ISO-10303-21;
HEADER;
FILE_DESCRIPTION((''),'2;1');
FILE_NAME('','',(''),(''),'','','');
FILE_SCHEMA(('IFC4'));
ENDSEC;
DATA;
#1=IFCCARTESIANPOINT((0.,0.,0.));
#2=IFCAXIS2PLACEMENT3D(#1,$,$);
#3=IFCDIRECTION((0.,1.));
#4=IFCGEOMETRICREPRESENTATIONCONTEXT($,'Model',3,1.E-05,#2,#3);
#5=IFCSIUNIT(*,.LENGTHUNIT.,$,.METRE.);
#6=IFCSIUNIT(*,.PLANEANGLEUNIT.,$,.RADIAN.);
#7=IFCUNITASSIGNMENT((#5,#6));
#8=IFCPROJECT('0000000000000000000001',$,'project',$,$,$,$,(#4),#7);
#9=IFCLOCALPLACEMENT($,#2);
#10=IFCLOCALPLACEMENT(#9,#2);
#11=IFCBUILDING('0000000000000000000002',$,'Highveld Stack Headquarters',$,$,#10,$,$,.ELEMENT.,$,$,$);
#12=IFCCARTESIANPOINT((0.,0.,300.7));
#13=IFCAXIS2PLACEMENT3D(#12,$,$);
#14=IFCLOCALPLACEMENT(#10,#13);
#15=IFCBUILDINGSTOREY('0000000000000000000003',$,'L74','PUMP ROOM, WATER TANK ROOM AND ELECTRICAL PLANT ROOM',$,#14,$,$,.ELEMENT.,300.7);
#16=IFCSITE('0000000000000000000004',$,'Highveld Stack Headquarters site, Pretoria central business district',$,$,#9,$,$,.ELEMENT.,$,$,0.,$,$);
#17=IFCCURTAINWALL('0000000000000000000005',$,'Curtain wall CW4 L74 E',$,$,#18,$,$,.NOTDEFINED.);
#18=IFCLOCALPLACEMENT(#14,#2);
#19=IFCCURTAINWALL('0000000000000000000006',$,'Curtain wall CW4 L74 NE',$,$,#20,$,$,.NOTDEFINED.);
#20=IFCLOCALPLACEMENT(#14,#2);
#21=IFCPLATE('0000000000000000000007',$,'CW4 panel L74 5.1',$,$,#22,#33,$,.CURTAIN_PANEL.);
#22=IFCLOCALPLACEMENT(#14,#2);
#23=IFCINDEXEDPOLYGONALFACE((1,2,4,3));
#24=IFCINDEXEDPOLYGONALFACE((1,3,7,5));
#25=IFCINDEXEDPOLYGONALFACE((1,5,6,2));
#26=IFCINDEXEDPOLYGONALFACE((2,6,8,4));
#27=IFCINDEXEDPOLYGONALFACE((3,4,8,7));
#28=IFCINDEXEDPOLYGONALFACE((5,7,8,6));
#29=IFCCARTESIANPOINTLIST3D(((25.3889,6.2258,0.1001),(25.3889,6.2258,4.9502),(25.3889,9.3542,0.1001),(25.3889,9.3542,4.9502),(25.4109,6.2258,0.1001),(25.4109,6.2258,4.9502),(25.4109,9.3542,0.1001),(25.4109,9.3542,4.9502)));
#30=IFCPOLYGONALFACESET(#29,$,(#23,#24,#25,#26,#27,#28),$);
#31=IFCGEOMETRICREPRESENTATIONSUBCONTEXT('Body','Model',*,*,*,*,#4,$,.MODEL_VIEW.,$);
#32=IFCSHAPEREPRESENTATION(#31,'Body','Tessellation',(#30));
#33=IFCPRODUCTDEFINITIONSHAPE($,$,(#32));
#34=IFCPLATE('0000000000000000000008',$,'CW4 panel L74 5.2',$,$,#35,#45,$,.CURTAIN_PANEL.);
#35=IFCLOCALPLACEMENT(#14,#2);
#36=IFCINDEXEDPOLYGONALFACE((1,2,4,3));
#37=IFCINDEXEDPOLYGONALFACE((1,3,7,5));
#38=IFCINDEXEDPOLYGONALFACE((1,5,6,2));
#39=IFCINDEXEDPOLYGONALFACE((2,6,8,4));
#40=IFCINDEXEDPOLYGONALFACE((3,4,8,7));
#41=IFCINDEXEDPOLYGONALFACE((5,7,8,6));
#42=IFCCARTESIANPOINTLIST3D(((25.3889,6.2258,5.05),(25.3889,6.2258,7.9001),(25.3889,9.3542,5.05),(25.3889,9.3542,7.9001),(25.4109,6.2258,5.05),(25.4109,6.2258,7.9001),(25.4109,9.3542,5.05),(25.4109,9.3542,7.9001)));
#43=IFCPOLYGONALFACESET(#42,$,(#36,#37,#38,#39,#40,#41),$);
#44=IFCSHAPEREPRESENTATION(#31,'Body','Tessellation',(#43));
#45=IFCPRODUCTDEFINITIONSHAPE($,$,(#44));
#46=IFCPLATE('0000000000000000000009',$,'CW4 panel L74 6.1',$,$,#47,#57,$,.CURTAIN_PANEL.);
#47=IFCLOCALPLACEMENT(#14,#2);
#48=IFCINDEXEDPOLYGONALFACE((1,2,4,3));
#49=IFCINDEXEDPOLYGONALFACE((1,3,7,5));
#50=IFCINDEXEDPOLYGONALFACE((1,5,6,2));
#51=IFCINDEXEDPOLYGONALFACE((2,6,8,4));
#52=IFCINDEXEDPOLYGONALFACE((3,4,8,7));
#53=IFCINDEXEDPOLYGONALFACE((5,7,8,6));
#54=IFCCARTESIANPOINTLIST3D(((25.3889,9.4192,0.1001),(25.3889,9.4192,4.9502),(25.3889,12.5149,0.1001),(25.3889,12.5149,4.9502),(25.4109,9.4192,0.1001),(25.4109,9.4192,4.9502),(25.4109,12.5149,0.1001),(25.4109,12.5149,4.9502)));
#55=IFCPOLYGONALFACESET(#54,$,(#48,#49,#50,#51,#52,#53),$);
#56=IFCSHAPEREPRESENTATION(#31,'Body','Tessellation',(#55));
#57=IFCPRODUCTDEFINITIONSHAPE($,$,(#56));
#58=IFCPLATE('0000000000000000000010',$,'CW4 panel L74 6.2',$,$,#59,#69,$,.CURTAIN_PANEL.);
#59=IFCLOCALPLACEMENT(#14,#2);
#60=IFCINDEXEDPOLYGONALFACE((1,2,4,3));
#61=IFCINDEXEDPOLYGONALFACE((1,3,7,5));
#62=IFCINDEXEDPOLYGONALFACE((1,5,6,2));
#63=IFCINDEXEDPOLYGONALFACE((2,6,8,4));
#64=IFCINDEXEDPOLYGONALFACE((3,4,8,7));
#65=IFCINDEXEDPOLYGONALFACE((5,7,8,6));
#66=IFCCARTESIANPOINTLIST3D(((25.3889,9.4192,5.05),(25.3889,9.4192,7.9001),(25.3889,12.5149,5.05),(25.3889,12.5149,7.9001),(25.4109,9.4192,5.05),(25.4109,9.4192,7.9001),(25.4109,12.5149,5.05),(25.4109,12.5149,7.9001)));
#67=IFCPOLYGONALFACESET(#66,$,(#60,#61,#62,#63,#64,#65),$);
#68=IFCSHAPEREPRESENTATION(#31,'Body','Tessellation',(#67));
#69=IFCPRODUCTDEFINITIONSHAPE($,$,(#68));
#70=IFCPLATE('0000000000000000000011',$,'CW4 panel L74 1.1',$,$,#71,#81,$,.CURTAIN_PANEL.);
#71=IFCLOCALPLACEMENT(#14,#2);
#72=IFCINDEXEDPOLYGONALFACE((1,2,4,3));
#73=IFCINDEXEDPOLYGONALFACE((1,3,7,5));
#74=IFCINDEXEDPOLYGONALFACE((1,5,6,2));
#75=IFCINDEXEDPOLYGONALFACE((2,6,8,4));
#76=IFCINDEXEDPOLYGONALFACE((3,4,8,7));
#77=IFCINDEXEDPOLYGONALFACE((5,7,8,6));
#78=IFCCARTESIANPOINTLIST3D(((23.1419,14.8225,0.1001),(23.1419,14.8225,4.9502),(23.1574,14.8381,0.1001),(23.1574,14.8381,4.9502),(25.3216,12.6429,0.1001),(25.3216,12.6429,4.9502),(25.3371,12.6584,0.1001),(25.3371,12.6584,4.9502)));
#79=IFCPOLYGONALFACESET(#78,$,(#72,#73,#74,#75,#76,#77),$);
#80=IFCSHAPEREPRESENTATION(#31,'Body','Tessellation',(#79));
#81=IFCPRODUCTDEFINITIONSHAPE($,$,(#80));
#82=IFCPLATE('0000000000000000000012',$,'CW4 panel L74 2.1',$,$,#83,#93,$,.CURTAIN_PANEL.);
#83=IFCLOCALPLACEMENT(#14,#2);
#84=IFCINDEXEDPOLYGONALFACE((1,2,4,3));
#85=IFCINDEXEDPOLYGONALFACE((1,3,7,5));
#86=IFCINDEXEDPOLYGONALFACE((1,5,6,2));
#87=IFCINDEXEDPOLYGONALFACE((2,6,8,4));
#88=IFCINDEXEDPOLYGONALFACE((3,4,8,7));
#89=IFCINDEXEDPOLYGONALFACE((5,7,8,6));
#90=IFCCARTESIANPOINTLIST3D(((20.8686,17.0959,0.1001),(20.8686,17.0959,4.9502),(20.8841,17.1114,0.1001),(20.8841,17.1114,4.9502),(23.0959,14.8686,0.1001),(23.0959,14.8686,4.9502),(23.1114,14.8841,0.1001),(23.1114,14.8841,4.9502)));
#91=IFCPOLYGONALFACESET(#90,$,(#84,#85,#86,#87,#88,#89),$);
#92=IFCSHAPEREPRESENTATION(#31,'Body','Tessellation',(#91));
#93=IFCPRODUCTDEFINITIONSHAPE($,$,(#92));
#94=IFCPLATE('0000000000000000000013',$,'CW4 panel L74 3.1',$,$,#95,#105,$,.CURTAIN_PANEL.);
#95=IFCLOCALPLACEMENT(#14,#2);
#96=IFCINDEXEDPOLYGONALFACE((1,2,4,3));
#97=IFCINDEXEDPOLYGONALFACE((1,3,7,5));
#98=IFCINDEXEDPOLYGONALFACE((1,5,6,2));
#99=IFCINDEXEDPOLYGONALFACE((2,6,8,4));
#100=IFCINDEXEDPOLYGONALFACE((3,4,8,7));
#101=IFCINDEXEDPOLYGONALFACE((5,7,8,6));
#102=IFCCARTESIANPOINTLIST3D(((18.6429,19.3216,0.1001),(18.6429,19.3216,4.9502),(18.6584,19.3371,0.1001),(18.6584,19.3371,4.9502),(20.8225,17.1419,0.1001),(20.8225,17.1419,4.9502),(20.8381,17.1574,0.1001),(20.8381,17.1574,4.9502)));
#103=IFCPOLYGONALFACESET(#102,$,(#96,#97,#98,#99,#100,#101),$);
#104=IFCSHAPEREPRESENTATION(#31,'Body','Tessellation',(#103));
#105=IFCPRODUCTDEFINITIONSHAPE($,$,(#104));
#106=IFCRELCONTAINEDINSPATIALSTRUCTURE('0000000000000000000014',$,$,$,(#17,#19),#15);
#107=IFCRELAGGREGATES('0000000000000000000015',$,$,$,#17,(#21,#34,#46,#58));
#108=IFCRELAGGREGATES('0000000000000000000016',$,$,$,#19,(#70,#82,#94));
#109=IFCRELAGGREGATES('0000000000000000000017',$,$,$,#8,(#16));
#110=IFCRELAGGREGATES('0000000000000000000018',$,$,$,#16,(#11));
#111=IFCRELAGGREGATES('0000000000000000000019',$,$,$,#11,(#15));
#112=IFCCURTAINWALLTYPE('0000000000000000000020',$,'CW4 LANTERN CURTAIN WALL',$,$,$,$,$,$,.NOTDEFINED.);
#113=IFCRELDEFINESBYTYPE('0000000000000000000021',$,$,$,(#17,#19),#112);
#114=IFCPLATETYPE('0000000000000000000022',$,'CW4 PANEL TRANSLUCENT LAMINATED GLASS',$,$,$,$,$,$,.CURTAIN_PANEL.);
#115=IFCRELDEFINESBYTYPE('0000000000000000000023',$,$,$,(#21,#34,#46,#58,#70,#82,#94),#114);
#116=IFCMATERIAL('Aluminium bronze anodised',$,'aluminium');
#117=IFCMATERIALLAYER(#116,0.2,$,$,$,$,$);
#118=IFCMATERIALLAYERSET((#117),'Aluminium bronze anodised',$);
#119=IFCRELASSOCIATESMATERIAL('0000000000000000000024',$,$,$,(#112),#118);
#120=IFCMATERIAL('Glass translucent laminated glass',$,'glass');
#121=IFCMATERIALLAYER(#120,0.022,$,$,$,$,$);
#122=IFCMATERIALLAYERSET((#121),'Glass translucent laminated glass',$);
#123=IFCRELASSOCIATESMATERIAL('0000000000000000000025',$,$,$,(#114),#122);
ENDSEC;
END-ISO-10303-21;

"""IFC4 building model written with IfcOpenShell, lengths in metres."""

from ifc_helpers import new_model, si_unit, direction, frame, origin, origin_2d, place, context, subcontext, project, spatial, rectangle, extrude, material, layer, layer_set, type_object, element, aggregate, save


model = new_model("IFC4")

# Units and contexts
model_context = context("Model", 3, precision=1e-05, world=origin(), true_north=direction((0.0, 1.0)))
body_context = subcontext(model_context, "Body", "Model", "MODEL_VIEW")
ifc_project = project(units=[si_unit("LENGTHUNIT", "METRE"), si_unit("PLANEANGLEUNIT", "RADIAN")], contexts=[model_context])

# Site, building, storey
site_placement = place(None, origin())
site = spatial("IfcSite", under=ifc_project, at=site_placement, Name="Highveld Stack Headquarters site, Pretoria central business district", CompositionType="ELEMENT", RefElevation=0.0)
building_placement = place(site_placement, origin())
building = spatial("IfcBuilding", under=site, at=building_placement, Name="Highveld Stack Headquarters", CompositionType="ELEMENT")
storey_placement = place(building_placement, frame((0.0, 0.0, 300.7)))
storey = spatial("IfcBuildingStorey", under=building, at=storey_placement, Name="L74", Description="PUMP ROOM, WATER TANK ROOM AND ELECTRICAL PLANT ROOM", CompositionType="ELEMENT", Elevation=300.7)

# Curtain walls
ifc_material_1 = material(Name="Aluminium bronze anodised", Category="aluminium")
ifc_layer_1 = layer(ifc_material_1, 0.2)
ifc_layer_set_1 = layer_set([ifc_layer_1], Name="Aluminium bronze anodised")
curtain_wall_type = type_object("IfcCurtainWallType", Name="CW4 LANTERN CURTAIN WALL", PredefinedType="NOTDEFINED", material=ifc_layer_set_1)
curtain_wall_1_placement = place(storey_placement, origin())
curtain_wall_1 = element("IfcCurtainWall", 1, at=curtain_wall_1_placement, inside=storey, type_object=curtain_wall_type, Name="Curtain wall CW4 L74 E", PredefinedType="NOTDEFINED")
curtain_wall_2_placement = place(storey_placement, origin())
curtain_wall_2 = element("IfcCurtainWall", 2, at=curtain_wall_2_placement, inside=storey, type_object=curtain_wall_type, Name="Curtain wall CW4 L74 NE", PredefinedType="NOTDEFINED")

# Plates
ifc_material_2 = material(Name="Glass translucent laminated glass", Category="glass")
ifc_layer_2 = layer(ifc_material_2, 0.022)
ifc_layer_set_2 = layer_set([ifc_layer_2], Name="Glass translucent laminated glass")
plate_type = type_object("IfcPlateType", Name="CW4 PANEL TRANSLUCENT LAMINATED GLASS", PredefinedType="CURTAIN_PANEL", material=ifc_layer_set_2)
plate_1_placement = place(storey_placement, frame((25.3999, 7.79, 0.1001), z_axis=(0.0, 0.0, 1.0), x_axis=(0.0, 1.0, 0.0)))
plate_1 = element("IfcPlate", 3, at=plate_1_placement, type_object=plate_type, Name="CW4 panel L74 5.1", PredefinedType="CURTAIN_PANEL", context=body_context, shape_type="SweptSolid", body=[
    extrude(rectangle(XDim=3.1284, YDim=0.022, at=origin_2d()), origin(), (0.0, 0.0, 1.0), 4.8501),
])
plate_2_placement = place(storey_placement, frame((25.3999, 7.79, 5.05), z_axis=(0.0, 0.0, 1.0), x_axis=(0.0, 1.0, 0.0)))
plate_2 = element("IfcPlate", 4, at=plate_2_placement, type_object=plate_type, Name="CW4 panel L74 5.2", PredefinedType="CURTAIN_PANEL", context=body_context, shape_type="SweptSolid", body=[
    extrude(rectangle(XDim=3.1284, YDim=0.022, at=origin_2d()), origin(), (0.0, 0.0, 1.0), 2.8501),
])
plate_3_placement = place(storey_placement, frame((25.3999, 10.967, 0.1001), z_axis=(0.0, 0.0, 1.0), x_axis=(0.0, 1.0, 0.0)))
plate_3 = element("IfcPlate", 5, at=plate_3_placement, type_object=plate_type, Name="CW4 panel L74 6.1", PredefinedType="CURTAIN_PANEL", context=body_context, shape_type="SweptSolid", body=[
    extrude(rectangle(XDim=3.0957, YDim=0.022, at=origin_2d()), origin(), (0.0, 0.0, 1.0), 4.8501),
])
plate_4_placement = place(storey_placement, frame((25.3999, 10.967, 5.05), z_axis=(0.0, 0.0, 1.0), x_axis=(0.0, 1.0, 0.0)))
plate_4 = element("IfcPlate", 6, at=plate_4_placement, type_object=plate_type, Name="CW4 panel L74 6.2", PredefinedType="CURTAIN_PANEL", context=body_context, shape_type="SweptSolid", body=[
    extrude(rectangle(XDim=3.0957, YDim=0.022, at=origin_2d()), origin(), (0.0, 0.0, 1.0), 2.8501),
])
aggregate(curtain_wall_1, [plate_1, plate_2, plate_3, plate_4])
plate_5_placement = place(storey_placement, frame((24.2395, 13.7405, 0.1001), z_axis=(0.0, 0.0, 1.0), x_axis=(-0.707107, 0.707107, 0.0)))
plate_5 = element("IfcPlate", 7, at=plate_5_placement, type_object=plate_type, Name="CW4 panel L74 1.1", PredefinedType="CURTAIN_PANEL", context=body_context, shape_type="SweptSolid", body=[
    extrude(rectangle(XDim=3.0825, YDim=0.022, at=origin_2d()), origin(), (0.0, 0.0, 1.0), 4.8501),
])
plate_6_placement = place(storey_placement, frame((21.99, 15.99, 0.1001), z_axis=(0.0, 0.0, 1.0), x_axis=(-0.707107, 0.707107, 0.0)))
plate_6 = element("IfcPlate", 8, at=plate_6_placement, type_object=plate_type, Name="CW4 panel L74 2.1", PredefinedType="CURTAIN_PANEL", context=body_context, shape_type="SweptSolid", body=[
    extrude(rectangle(XDim=3.1499, YDim=0.022, at=origin_2d()), origin(), (0.0, 0.0, 1.0), 4.8501),
])
plate_7_placement = place(storey_placement, frame((19.7405, 18.2395, 0.1001), z_axis=(0.0, 0.0, 1.0), x_axis=(-0.707107, 0.707107, 0.0)))
plate_7 = element("IfcPlate", 9, at=plate_7_placement, type_object=plate_type, Name="CW4 panel L74 3.1", PredefinedType="CURTAIN_PANEL", context=body_context, shape_type="SweptSolid", body=[
    extrude(rectangle(XDim=3.0825, YDim=0.022, at=origin_2d()), origin(), (0.0, 0.0, 1.0), 4.8501),
])
aggregate(curtain_wall_2, [plate_5, plate_6, plate_7])

save(model, "model.ifc")
